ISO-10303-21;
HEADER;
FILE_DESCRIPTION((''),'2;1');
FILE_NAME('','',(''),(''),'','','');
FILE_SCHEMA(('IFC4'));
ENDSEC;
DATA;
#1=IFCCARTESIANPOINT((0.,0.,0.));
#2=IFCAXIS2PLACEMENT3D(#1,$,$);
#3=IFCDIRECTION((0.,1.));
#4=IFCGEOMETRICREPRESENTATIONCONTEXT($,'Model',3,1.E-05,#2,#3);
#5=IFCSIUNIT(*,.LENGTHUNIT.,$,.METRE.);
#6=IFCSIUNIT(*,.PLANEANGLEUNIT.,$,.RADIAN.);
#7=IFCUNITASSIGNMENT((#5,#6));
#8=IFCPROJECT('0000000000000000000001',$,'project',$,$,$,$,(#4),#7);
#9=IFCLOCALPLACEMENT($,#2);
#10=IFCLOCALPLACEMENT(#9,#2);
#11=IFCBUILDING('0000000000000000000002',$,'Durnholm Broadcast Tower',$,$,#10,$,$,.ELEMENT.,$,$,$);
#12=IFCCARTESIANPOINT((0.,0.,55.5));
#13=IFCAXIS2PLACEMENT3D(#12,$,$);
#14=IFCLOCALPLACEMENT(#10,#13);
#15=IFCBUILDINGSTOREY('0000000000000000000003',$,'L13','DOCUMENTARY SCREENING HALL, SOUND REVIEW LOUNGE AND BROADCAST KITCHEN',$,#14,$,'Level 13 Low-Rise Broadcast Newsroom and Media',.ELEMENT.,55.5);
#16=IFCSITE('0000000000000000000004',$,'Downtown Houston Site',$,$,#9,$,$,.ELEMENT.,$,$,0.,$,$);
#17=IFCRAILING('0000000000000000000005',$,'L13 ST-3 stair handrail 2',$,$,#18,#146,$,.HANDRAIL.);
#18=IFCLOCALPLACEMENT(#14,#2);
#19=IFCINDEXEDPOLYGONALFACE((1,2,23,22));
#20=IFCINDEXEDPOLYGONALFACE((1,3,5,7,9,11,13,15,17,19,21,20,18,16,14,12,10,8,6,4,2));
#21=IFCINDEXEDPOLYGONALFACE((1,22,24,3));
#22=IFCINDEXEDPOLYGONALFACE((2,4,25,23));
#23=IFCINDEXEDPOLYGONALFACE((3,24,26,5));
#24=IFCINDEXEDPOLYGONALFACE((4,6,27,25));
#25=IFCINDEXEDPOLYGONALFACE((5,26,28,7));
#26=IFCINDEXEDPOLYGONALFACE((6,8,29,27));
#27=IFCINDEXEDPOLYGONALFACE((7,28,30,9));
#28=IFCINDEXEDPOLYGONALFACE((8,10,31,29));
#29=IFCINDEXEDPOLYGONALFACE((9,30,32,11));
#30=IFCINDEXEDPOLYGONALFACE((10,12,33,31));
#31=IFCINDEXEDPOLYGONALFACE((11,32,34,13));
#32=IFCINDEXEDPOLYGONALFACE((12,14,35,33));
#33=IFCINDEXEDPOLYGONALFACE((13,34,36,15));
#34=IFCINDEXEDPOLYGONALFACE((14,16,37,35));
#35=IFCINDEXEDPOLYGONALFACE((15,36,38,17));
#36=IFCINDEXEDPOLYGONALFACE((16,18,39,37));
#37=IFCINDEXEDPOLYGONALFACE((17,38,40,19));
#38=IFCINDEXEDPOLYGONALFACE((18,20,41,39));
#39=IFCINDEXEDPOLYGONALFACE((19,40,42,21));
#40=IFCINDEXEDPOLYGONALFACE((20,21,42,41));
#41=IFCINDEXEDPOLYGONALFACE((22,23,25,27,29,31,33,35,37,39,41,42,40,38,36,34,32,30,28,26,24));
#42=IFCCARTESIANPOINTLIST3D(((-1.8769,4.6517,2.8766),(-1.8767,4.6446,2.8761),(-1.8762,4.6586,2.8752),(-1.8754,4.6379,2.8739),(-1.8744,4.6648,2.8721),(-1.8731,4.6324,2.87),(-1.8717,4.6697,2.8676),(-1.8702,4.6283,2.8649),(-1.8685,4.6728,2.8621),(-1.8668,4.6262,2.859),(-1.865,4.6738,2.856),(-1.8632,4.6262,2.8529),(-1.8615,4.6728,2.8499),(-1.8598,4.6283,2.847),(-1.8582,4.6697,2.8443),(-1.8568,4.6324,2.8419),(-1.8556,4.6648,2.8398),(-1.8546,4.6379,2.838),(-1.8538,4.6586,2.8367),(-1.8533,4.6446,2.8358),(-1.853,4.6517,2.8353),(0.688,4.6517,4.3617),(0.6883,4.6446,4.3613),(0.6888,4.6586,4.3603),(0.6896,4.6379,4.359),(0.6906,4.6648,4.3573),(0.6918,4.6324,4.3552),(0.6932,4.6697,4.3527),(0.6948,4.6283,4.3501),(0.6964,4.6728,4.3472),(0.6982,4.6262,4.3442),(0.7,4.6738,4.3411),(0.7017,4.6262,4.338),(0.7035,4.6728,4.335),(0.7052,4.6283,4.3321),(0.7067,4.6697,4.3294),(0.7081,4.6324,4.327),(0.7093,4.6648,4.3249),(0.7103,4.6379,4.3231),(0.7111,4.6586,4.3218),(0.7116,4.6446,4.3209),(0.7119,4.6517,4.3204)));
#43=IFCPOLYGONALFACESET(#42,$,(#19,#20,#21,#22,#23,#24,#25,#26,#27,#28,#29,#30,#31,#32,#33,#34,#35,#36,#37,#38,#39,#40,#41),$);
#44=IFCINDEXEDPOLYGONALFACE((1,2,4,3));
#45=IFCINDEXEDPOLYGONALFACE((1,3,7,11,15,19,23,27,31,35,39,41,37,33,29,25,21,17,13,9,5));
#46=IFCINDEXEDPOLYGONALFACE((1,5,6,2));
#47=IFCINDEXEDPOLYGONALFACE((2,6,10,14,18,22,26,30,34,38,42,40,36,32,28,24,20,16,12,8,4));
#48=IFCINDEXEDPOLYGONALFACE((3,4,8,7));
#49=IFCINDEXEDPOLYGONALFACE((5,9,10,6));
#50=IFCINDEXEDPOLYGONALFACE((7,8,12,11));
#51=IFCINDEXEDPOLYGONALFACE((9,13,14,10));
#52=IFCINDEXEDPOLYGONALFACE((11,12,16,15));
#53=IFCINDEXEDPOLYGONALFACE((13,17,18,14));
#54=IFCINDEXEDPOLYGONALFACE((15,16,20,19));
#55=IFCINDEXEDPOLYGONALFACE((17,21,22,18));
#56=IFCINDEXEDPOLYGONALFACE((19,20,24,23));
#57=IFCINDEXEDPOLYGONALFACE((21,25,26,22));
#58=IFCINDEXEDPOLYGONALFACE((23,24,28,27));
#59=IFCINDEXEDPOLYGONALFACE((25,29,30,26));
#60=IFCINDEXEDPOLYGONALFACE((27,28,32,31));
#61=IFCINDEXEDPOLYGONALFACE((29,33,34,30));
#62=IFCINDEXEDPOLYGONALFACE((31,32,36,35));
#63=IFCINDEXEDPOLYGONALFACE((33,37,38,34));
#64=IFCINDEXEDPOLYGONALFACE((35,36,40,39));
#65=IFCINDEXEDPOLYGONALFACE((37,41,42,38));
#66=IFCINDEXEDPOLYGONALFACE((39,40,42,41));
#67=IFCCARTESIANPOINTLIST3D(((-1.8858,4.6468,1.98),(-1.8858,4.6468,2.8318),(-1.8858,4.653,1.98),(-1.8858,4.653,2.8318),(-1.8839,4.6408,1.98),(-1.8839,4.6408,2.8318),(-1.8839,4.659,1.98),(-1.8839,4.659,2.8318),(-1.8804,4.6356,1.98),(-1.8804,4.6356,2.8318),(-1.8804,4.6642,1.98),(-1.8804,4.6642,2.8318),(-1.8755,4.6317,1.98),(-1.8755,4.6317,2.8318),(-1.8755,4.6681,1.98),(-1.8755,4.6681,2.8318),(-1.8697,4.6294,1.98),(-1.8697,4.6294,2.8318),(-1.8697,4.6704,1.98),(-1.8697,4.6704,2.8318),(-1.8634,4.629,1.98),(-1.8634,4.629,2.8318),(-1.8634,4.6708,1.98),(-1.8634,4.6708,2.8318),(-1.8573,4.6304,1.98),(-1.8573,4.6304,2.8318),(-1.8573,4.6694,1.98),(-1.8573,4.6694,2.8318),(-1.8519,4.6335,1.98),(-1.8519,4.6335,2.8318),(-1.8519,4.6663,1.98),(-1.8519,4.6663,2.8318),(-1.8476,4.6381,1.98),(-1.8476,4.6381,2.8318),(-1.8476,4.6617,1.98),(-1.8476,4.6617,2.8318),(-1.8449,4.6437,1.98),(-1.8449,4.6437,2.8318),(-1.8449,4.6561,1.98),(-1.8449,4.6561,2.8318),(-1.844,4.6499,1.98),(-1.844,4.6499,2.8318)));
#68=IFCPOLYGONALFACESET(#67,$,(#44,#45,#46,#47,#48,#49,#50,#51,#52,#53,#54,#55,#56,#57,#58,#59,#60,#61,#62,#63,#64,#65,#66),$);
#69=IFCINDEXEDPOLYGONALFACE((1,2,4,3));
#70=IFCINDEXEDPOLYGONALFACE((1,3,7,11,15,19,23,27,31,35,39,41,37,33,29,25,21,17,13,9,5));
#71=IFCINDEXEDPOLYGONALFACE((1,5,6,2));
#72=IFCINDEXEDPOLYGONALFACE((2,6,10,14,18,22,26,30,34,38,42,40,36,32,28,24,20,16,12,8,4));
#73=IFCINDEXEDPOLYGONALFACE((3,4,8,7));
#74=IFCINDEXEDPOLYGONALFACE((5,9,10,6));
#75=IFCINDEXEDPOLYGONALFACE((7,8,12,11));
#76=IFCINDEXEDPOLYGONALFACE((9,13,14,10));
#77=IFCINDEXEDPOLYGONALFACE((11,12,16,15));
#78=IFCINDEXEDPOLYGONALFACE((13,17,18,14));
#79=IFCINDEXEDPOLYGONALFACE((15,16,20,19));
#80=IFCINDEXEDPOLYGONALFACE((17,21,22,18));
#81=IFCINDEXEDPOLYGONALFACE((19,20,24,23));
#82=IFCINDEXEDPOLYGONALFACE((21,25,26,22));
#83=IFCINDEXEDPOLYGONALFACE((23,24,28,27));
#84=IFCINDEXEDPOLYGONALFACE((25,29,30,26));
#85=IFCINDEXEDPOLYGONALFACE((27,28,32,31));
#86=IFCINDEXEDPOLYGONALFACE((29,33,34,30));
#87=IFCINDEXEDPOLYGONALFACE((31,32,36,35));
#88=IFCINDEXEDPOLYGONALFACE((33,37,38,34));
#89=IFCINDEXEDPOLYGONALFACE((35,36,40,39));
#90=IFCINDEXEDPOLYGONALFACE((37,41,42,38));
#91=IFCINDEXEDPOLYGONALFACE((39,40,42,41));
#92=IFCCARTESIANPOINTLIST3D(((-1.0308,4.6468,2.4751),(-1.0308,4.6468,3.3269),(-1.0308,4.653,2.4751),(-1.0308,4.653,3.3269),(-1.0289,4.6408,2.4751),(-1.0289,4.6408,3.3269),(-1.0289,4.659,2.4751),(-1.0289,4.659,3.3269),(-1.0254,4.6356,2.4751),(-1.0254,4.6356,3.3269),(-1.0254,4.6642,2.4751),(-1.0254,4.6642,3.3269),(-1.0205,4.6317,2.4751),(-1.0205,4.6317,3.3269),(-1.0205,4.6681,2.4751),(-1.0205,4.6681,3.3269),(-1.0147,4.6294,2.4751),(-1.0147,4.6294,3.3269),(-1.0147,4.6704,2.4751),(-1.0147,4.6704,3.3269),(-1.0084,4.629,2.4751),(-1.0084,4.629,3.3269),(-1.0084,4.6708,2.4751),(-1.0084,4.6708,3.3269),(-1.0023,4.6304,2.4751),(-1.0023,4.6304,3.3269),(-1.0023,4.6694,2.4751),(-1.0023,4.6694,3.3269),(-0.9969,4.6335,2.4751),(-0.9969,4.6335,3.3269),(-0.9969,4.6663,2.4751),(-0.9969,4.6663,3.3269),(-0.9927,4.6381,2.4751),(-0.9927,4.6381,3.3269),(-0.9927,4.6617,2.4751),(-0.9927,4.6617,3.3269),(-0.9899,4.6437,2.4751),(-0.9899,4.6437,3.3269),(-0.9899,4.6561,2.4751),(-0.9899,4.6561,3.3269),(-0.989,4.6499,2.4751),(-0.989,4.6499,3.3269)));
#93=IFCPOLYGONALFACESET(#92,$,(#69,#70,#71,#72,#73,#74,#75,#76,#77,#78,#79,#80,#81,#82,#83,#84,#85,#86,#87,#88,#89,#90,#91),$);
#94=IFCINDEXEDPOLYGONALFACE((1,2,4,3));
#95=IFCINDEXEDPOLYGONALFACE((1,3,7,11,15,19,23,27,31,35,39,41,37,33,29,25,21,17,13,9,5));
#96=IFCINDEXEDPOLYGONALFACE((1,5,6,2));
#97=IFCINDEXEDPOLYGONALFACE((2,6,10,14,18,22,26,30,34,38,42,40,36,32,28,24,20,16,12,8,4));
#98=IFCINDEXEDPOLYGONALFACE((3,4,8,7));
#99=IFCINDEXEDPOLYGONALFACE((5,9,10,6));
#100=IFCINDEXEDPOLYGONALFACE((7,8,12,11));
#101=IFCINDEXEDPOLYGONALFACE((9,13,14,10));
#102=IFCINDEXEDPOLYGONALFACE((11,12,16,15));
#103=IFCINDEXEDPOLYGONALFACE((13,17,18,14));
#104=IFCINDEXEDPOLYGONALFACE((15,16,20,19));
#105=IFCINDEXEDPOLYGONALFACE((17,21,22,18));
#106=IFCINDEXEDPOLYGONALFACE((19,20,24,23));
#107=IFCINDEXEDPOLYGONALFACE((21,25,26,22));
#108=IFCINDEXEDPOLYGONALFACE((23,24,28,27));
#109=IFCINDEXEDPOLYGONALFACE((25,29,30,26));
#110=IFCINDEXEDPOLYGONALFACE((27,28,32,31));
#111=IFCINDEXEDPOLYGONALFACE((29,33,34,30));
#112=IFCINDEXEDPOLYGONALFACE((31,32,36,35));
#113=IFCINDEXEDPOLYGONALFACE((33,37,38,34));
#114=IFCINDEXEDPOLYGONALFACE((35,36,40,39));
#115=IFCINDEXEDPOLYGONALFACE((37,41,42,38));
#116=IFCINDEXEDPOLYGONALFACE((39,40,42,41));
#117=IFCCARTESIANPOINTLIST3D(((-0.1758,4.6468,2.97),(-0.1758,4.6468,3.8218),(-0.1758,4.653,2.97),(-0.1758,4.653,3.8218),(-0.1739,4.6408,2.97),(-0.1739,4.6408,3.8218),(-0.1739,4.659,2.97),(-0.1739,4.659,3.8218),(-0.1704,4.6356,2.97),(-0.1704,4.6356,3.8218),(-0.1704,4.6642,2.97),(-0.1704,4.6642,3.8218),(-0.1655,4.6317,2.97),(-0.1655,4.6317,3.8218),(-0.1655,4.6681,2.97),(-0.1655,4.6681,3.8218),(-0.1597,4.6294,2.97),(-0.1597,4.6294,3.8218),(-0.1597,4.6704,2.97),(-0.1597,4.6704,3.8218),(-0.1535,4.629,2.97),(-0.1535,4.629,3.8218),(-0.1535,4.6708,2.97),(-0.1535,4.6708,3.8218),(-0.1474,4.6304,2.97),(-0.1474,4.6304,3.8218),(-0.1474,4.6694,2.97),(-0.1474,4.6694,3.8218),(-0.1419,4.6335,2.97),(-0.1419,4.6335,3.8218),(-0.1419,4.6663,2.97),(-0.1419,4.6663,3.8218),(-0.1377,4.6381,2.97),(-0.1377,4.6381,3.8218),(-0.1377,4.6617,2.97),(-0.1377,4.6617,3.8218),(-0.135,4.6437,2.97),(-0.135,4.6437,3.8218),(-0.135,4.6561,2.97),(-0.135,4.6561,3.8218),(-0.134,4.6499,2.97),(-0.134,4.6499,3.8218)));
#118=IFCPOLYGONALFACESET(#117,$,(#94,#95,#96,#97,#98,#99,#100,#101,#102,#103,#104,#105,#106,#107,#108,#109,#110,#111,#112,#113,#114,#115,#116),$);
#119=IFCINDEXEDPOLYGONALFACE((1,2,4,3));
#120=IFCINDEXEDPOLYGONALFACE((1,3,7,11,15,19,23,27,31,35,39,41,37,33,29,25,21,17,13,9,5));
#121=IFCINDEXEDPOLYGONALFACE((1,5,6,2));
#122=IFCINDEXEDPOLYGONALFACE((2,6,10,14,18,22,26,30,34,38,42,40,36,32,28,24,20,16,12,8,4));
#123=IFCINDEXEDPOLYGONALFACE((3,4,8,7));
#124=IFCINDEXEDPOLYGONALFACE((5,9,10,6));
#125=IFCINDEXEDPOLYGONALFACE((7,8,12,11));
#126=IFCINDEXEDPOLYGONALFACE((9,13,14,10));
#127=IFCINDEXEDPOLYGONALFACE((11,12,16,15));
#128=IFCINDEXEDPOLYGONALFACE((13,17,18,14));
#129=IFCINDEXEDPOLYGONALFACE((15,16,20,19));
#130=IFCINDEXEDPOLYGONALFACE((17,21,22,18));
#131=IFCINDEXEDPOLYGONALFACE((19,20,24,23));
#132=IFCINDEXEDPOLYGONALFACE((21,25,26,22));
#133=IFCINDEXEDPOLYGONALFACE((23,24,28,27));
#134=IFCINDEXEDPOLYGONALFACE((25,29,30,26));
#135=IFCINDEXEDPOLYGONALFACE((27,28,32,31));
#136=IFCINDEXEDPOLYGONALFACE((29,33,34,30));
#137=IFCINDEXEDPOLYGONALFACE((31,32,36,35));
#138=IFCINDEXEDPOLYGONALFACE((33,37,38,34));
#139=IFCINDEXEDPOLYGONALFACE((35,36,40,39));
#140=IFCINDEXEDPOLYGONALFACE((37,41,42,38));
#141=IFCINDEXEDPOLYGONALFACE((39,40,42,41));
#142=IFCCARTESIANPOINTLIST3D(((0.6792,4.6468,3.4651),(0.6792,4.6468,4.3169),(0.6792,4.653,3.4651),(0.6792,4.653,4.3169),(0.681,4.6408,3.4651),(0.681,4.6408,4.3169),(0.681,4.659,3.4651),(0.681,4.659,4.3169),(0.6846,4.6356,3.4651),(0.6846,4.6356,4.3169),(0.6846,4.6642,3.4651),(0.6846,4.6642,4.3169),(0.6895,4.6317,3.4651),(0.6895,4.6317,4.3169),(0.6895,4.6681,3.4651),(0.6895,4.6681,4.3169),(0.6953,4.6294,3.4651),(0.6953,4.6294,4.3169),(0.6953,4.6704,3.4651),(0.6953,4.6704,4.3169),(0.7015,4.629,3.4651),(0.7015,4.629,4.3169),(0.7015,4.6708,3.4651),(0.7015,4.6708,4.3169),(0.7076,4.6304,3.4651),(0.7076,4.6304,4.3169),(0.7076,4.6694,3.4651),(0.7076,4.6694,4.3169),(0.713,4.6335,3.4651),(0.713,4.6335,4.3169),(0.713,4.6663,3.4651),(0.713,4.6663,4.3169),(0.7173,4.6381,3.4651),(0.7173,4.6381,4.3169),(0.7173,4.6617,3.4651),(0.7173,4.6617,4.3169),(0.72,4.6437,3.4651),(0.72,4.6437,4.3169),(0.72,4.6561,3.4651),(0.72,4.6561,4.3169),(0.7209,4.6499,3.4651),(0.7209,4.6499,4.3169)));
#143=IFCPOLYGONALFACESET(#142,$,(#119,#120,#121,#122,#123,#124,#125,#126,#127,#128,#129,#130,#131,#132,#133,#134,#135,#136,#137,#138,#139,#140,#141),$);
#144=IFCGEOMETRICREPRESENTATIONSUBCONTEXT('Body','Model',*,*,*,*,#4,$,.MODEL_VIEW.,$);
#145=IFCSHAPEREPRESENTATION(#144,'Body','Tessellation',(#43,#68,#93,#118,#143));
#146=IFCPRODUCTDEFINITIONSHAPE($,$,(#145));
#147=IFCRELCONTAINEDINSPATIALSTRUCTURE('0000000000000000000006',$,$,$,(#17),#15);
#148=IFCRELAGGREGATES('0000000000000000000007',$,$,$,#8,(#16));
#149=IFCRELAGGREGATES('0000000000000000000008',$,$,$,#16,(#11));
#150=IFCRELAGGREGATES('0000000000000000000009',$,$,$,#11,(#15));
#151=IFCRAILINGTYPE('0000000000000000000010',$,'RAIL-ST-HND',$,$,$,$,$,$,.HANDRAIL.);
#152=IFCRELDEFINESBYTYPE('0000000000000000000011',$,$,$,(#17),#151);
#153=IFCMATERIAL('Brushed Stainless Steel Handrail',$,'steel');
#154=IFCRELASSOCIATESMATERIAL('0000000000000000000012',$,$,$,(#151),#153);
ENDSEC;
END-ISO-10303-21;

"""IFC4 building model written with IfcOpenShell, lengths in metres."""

from ifc_helpers import new_model, si_unit, direction, frame, origin, origin_2d, place, context, subcontext, project, spatial, circle, extrude, material, type_object, element, save


model = new_model("IFC4")

# Units and contexts
model_context = context("Model", 3, precision=1e-05, world=origin(), true_north=direction((0.0, 1.0)))
body_context = subcontext(model_context, "Body", "Model", "MODEL_VIEW")
ifc_project = project(units=[si_unit("LENGTHUNIT", "METRE"), si_unit("PLANEANGLEUNIT", "RADIAN")], contexts=[model_context])

# Site, building, storey
site_placement = place(None, origin())
site = spatial("IfcSite", under=ifc_project, at=site_placement, Name="Downtown Houston Site", CompositionType="ELEMENT", RefElevation=0.0)
building_placement = place(site_placement, origin())
building = spatial("IfcBuilding", under=site, at=building_placement, Name="Durnholm Broadcast Tower", CompositionType="ELEMENT")
storey_placement = place(building_placement, frame((0.0, 0.0, 55.5)))
storey = spatial("IfcBuildingStorey", under=building, at=storey_placement, Name="L13", Description="DOCUMENTARY SCREENING HALL, SOUND REVIEW LOUNGE AND BROADCAST KITCHEN", LongName="Level 13 Low-Rise Broadcast Newsroom and Media", CompositionType="ELEMENT", Elevation=55.5)

# Railing
ifc_material_1 = material(Name="Brushed Stainless Steel Handrail", Category="steel")
railing_type = type_object("IfcRailingType", Name="RAIL-ST-HND", PredefinedType="HANDRAIL", material=ifc_material_1)
railing_placement = place(storey_placement, frame((-1.865, 4.6499, 1.98)))
element("IfcRailing", 1, at=railing_placement, inside=storey, type_object=railing_type, Name="L13 ST-3 stair handrail 2", PredefinedType="HANDRAIL", context=body_context, shape_type="SweptSolid", body=[
    extrude(circle(Radius=0.0239, at=origin_2d()), frame((0.0, 0.0, 0.876), z_axis=(0.865406, 0.0, 0.501072), x_axis=(0.0, 1.0, 0.0)), (0.0, 0.0, 1.0), 2.9639),
    extrude(circle(Radius=0.021, at=origin_2d()), origin(), (0.0, 0.0, 1.0), 0.8518),
    extrude(circle(Radius=0.021, at=origin_2d()), frame((0.855, 0.0, 0.4951)), (0.0, 0.0, 1.0), 0.8518),
    extrude(circle(Radius=0.021, at=origin_2d()), frame((1.71, 0.0, 0.99)), (0.0, 0.0, 1.0), 0.8518),
    extrude(circle(Radius=0.021, at=origin_2d()), frame((2.5649, 0.0, 1.4851)), (0.0, 0.0, 1.0), 0.8518),
])

save(model, "model.ifc")
